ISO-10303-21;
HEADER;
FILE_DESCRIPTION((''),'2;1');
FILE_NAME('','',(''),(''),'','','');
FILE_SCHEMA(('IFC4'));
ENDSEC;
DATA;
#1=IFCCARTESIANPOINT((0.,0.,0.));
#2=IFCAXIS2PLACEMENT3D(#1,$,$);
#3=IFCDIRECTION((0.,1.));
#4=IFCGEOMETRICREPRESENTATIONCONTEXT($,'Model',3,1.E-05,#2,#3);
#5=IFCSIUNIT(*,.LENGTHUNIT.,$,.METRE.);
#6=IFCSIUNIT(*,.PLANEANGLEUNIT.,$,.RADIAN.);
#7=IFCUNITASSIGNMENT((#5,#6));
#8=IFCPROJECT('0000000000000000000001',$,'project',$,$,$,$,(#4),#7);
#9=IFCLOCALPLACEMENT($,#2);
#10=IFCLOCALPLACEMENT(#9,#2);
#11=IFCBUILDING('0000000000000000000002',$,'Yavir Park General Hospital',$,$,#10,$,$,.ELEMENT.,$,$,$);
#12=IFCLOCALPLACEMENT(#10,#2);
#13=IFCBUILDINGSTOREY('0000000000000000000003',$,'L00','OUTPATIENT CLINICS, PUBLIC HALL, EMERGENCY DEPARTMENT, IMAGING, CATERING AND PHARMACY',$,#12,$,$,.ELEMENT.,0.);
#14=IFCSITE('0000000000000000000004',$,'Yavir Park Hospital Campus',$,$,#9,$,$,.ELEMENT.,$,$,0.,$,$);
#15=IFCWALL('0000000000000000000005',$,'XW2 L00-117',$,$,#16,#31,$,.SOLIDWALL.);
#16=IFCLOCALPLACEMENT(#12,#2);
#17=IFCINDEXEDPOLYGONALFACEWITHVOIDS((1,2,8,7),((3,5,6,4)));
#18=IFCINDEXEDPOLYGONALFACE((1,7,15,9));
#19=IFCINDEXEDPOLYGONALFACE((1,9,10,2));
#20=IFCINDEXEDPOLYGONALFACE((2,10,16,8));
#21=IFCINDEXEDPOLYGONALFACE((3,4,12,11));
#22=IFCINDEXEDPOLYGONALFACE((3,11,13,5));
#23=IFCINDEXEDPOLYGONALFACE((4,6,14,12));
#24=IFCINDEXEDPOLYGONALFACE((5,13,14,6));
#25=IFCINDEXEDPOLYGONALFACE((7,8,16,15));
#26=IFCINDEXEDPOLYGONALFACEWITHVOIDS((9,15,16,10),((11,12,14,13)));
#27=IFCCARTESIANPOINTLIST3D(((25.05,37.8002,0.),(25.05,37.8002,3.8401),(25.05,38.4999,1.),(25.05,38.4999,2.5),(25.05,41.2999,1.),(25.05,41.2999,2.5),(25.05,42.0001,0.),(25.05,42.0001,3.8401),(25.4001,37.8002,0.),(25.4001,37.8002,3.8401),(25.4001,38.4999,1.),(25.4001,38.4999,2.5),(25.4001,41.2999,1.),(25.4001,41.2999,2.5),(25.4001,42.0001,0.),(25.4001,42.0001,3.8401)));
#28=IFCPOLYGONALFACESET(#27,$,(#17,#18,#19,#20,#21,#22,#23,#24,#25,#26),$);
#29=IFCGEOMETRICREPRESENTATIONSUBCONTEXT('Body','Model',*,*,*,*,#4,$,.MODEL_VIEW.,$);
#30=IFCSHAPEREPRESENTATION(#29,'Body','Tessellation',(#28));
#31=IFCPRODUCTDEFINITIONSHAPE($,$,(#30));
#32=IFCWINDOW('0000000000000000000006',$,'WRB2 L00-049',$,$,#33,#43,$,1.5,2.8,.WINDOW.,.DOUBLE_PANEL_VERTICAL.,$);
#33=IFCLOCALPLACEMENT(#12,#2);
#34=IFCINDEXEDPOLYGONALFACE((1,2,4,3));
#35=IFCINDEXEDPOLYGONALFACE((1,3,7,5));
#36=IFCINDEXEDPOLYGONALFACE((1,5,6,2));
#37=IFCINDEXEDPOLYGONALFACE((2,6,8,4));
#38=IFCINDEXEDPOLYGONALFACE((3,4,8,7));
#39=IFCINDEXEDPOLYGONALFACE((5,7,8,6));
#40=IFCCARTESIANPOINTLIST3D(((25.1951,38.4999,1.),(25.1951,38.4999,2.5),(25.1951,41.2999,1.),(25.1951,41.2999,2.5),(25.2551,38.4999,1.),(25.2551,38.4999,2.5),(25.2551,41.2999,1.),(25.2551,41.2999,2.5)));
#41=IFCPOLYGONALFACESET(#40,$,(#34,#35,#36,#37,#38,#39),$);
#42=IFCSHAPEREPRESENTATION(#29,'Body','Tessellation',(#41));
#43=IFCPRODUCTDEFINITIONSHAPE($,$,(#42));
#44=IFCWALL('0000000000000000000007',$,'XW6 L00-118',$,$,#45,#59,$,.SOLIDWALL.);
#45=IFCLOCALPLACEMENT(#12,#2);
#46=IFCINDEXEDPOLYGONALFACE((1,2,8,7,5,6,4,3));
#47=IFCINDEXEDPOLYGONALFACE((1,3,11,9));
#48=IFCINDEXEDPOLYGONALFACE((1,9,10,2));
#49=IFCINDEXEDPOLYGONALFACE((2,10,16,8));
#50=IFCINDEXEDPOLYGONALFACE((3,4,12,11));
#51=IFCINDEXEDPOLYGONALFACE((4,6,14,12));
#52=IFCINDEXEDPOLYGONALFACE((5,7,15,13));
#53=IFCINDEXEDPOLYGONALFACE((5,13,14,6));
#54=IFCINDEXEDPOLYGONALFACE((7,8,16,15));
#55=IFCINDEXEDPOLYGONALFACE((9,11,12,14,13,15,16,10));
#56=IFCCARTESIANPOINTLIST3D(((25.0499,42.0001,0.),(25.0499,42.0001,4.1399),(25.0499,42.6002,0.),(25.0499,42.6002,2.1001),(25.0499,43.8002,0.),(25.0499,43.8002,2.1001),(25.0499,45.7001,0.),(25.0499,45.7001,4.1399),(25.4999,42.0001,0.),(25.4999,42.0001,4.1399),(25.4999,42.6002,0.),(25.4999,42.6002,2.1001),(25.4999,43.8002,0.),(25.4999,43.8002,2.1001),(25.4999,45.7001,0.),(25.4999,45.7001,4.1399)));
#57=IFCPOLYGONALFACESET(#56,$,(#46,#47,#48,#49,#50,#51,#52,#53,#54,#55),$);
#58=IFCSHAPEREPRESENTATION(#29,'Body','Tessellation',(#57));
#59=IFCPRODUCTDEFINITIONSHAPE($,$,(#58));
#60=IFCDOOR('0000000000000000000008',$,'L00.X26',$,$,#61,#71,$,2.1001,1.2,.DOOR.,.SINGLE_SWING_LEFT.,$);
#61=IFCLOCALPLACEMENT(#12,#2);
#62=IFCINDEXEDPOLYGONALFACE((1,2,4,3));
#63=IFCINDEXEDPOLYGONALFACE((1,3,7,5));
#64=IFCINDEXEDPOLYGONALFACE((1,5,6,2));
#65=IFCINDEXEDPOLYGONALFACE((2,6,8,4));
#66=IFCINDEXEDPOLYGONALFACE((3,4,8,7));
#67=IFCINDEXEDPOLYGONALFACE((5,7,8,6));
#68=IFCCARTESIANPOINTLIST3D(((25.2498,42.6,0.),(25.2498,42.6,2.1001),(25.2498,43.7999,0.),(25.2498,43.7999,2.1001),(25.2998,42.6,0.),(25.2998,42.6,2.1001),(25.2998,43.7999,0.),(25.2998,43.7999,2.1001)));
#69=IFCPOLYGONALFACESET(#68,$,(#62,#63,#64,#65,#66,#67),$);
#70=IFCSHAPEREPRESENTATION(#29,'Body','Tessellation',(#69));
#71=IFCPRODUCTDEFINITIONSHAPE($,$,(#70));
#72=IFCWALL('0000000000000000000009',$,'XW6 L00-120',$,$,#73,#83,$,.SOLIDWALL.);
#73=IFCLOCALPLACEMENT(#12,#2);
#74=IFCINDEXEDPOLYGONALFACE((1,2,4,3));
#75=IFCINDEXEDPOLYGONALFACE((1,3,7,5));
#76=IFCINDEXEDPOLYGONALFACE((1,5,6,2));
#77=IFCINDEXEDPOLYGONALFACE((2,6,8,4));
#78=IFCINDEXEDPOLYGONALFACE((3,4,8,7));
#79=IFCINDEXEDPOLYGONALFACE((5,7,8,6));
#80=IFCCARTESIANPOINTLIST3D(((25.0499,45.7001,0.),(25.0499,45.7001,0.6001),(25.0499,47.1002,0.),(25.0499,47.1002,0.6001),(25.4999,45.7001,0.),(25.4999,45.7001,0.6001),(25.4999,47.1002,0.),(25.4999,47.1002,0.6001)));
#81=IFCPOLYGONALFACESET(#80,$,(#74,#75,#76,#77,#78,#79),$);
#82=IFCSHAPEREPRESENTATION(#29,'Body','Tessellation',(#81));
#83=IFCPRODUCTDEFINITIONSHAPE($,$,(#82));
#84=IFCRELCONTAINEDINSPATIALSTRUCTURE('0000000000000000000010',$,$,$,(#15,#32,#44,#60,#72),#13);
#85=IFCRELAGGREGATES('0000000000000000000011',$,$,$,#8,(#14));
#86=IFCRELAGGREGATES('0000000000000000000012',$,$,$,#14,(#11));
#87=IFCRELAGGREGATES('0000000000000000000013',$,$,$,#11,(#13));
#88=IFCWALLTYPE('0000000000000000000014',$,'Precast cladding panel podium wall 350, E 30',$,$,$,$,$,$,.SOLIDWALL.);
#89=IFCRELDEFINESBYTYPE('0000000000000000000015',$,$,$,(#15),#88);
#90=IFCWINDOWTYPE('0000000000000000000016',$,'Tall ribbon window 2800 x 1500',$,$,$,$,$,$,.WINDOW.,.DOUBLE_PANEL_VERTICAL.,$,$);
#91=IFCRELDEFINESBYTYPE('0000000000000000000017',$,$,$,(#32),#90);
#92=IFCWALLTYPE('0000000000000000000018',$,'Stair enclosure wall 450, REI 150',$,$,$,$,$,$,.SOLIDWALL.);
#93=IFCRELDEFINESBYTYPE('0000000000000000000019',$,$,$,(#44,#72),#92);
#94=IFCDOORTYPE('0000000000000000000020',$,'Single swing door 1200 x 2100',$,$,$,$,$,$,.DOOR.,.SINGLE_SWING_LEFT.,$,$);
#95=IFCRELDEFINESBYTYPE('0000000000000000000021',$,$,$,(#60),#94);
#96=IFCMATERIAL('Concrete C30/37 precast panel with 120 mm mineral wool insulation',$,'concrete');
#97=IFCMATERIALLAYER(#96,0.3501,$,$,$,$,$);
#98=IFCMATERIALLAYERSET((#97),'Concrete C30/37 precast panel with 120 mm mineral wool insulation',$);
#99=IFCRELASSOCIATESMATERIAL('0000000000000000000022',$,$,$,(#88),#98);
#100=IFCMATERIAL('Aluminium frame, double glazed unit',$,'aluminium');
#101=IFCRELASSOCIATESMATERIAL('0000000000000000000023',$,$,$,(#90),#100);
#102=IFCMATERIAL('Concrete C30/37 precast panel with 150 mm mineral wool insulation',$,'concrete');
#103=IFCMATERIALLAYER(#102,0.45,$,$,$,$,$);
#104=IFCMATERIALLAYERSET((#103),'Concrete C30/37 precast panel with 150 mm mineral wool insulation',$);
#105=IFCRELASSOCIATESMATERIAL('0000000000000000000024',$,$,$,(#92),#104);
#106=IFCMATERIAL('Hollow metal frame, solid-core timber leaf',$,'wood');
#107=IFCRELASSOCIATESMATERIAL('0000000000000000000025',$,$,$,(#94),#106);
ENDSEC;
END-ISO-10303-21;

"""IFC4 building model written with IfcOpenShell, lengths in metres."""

from ifc_helpers import new_model, si_unit, direction, frame, frame_2d, origin, place, context, subcontext, project, spatial, rectangle, extrude, material, layer, layer_set, type_object, element, fill, save


model = new_model("IFC4")

# Units and contexts
model_context = context("Model", 3, precision=1e-05, world=origin(), true_north=direction((0.0, 1.0)))
body_context = subcontext(model_context, "Body", "Model", "MODEL_VIEW")
ifc_project = project(units=[si_unit("LENGTHUNIT", "METRE"), si_unit("PLANEANGLEUNIT", "RADIAN")], contexts=[model_context])

# Site, building, storey
site_placement = place(None, origin())
site = spatial("IfcSite", under=ifc_project, at=site_placement, Name="Yavir Park Hospital Campus", CompositionType="ELEMENT", RefElevation=0.0)
building_placement = place(site_placement, origin())
building = spatial("IfcBuilding", under=site, at=building_placement, Name="Yavir Park General Hospital", CompositionType="ELEMENT")
storey_placement = place(building_placement, origin())
storey = spatial("IfcBuildingStorey", under=building, at=storey_placement, Name="L00", Description="OUTPATIENT CLINICS, PUBLIC HALL, EMERGENCY DEPARTMENT, IMAGING, CATERING AND PHARMACY", CompositionType="ELEMENT", Elevation=0.0)

# Wall, opening, window
ifc_material_1 = material(Name="Concrete C30/37 precast panel with 120 mm mineral wool insulation", Category="concrete")
ifc_layer_1 = layer(ifc_material_1, 0.3501)
ifc_layer_set_1 = layer_set([ifc_layer_1], Name="Concrete C30/37 precast panel with 120 mm mineral wool insulation")
wall_type_1 = type_object("IfcWallType", Name="Precast cladding panel podium wall 350, E 30", PredefinedType="SOLIDWALL", material=ifc_layer_set_1)
wall_1_placement = place(storey_placement, frame((25.2251, 37.8, 0.0), z_axis=(0.0, 0.0, 1.0), x_axis=(0.0, 1.0, 0.0)))
wall_1 = element("IfcWall", 1, at=wall_1_placement, inside=storey, type_object=wall_type_1, Name="XW2 L00-117", PredefinedType="SOLIDWALL", context=body_context, shape_type="SweptSolid", body=[
    extrude(rectangle(XDim=4.2, YDim=0.3501, at=frame_2d((2.1001, 0.0))), origin(), (0.0, 0.0, 1.0), 3.8401),
])
opening_1_placement = place(wall_1_placement, frame((0.7, 0.0, 1.0)))
opening_1 = element("IfcOpeningElement", 2, at=opening_1_placement, cuts=wall_1, PredefinedType="OPENING", context=body_context, shape_type="SweptSolid", body=[
    extrude(rectangle(XDim=2.8, YDim=1.5, at=frame_2d((1.3999, 0.75))), frame((0.0, 0.1851, 0.0), z_axis=(0.0, -1.0, 0.0), x_axis=(1.0, 0.0, 0.0)), (0.0, 0.0, 1.0), 0.3701),
])
ifc_material_2 = material(Name="Aluminium frame, double glazed unit", Category="aluminium")
window_type = type_object("IfcWindowType", Name="Tall ribbon window 2800 x 1500", PartitioningType="DOUBLE_PANEL_VERTICAL", PredefinedType="WINDOW", material=ifc_material_2)
window_placement = place(opening_1_placement, origin())
window = element("IfcWindow", 3, at=window_placement, inside=storey, type_object=window_type, Name="WRB2 L00-049", OverallHeight=1.5, OverallWidth=2.8, PartitioningType="DOUBLE_PANEL_VERTICAL", PredefinedType="WINDOW", context=body_context, shape_type="SweptSolid", body=[
    extrude(rectangle(XDim=2.8, YDim=1.5, at=frame_2d((1.3999, 0.75))), frame((0.0, 0.03, 0.0), z_axis=(0.0, -1.0, 0.0), x_axis=(1.0, 0.0, 0.0)), (0.0, 0.0, 1.0), 0.0601),
])
fill(opening_1, window)

# Wall, opening, door
ifc_material_3 = material(Name="Concrete C30/37 precast panel with 150 mm mineral wool insulation", Category="concrete")
ifc_layer_2 = layer(ifc_material_3, 0.45)
ifc_layer_set_2 = layer_set([ifc_layer_2], Name="Concrete C30/37 precast panel with 150 mm mineral wool insulation")
wall_type_2 = type_object("IfcWallType", Name="Stair enclosure wall 450, REI 150", PredefinedType="SOLIDWALL", material=ifc_layer_set_2)
wall_2_placement = place(storey_placement, frame((25.2749, 42.0, 0.0), z_axis=(0.0, 0.0, 1.0), x_axis=(0.0, 1.0, 0.0)))
wall_2 = element("IfcWall", 4, at=wall_2_placement, inside=storey, type_object=wall_type_2, Name="XW6 L00-118", PredefinedType="SOLIDWALL", context=body_context, shape_type="SweptSolid", body=[
    extrude(rectangle(XDim=3.7, YDim=0.45, at=frame_2d((1.8501, 0.0))), origin(), (0.0, 0.0, 1.0), 4.1399),
])
opening_2_placement = place(wall_2_placement, frame((0.6001, 0.0, 0.0)))
opening_2 = element("IfcOpeningElement", 5, at=opening_2_placement, cuts=wall_2, PredefinedType="OPENING", context=body_context, shape_type="SweptSolid", body=[
    extrude(rectangle(XDim=1.2, YDim=2.1001, at=frame_2d((0.6001, 1.05))), frame((0.0, 0.2349, 0.0), z_axis=(0.0, -1.0, 0.0), x_axis=(1.0, 0.0, 0.0)), (0.0, 0.0, 1.0), 0.47),
])
ifc_material_4 = material(Name="Hollow metal frame, solid-core timber leaf", Category="wood")
door_type = type_object("IfcDoorType", Name="Single swing door 1200 x 2100", OperationType="SINGLE_SWING_LEFT", PredefinedType="DOOR", material=ifc_material_4)
door_placement = place(opening_2_placement, frame((1.2, 0.0, 0.0), x_axis=(-1.0, 0.0, 0.0)))
door = element("IfcDoor", 6, at=door_placement, inside=storey, type_object=door_type, Name="L00.X26", OperationType="SINGLE_SWING_LEFT", OverallHeight=2.1001, OverallWidth=1.2, PredefinedType="DOOR", context=body_context, shape_type="SweptSolid", body=[
    extrude(rectangle(XDim=1.2, YDim=2.1001, at=frame_2d((0.6001, 1.05))), frame((0.0, 0.0249, 0.0), z_axis=(0.0, -1.0, 0.0), x_axis=(1.0, 0.0, 0.0)), (0.0, 0.0, 1.0), 0.05),
])
fill(opening_2, door)

# Wall
wall_3_placement = place(storey_placement, frame((25.2749, 45.7, 0.0), z_axis=(0.0, 0.0, 1.0), x_axis=(0.0, 1.0, 0.0)))
element("IfcWall", 7, at=wall_3_placement, inside=storey, type_object=wall_type_2, Name="XW6 L00-120", PredefinedType="SOLIDWALL", context=body_context, shape_type="SweptSolid", body=[
    extrude(rectangle(XDim=1.4001, YDim=0.45, at=frame_2d((0.7002, 0.0))), origin(), (0.0, 0.0, 1.0), 0.6001),
])

save(model, "model.ifc")
